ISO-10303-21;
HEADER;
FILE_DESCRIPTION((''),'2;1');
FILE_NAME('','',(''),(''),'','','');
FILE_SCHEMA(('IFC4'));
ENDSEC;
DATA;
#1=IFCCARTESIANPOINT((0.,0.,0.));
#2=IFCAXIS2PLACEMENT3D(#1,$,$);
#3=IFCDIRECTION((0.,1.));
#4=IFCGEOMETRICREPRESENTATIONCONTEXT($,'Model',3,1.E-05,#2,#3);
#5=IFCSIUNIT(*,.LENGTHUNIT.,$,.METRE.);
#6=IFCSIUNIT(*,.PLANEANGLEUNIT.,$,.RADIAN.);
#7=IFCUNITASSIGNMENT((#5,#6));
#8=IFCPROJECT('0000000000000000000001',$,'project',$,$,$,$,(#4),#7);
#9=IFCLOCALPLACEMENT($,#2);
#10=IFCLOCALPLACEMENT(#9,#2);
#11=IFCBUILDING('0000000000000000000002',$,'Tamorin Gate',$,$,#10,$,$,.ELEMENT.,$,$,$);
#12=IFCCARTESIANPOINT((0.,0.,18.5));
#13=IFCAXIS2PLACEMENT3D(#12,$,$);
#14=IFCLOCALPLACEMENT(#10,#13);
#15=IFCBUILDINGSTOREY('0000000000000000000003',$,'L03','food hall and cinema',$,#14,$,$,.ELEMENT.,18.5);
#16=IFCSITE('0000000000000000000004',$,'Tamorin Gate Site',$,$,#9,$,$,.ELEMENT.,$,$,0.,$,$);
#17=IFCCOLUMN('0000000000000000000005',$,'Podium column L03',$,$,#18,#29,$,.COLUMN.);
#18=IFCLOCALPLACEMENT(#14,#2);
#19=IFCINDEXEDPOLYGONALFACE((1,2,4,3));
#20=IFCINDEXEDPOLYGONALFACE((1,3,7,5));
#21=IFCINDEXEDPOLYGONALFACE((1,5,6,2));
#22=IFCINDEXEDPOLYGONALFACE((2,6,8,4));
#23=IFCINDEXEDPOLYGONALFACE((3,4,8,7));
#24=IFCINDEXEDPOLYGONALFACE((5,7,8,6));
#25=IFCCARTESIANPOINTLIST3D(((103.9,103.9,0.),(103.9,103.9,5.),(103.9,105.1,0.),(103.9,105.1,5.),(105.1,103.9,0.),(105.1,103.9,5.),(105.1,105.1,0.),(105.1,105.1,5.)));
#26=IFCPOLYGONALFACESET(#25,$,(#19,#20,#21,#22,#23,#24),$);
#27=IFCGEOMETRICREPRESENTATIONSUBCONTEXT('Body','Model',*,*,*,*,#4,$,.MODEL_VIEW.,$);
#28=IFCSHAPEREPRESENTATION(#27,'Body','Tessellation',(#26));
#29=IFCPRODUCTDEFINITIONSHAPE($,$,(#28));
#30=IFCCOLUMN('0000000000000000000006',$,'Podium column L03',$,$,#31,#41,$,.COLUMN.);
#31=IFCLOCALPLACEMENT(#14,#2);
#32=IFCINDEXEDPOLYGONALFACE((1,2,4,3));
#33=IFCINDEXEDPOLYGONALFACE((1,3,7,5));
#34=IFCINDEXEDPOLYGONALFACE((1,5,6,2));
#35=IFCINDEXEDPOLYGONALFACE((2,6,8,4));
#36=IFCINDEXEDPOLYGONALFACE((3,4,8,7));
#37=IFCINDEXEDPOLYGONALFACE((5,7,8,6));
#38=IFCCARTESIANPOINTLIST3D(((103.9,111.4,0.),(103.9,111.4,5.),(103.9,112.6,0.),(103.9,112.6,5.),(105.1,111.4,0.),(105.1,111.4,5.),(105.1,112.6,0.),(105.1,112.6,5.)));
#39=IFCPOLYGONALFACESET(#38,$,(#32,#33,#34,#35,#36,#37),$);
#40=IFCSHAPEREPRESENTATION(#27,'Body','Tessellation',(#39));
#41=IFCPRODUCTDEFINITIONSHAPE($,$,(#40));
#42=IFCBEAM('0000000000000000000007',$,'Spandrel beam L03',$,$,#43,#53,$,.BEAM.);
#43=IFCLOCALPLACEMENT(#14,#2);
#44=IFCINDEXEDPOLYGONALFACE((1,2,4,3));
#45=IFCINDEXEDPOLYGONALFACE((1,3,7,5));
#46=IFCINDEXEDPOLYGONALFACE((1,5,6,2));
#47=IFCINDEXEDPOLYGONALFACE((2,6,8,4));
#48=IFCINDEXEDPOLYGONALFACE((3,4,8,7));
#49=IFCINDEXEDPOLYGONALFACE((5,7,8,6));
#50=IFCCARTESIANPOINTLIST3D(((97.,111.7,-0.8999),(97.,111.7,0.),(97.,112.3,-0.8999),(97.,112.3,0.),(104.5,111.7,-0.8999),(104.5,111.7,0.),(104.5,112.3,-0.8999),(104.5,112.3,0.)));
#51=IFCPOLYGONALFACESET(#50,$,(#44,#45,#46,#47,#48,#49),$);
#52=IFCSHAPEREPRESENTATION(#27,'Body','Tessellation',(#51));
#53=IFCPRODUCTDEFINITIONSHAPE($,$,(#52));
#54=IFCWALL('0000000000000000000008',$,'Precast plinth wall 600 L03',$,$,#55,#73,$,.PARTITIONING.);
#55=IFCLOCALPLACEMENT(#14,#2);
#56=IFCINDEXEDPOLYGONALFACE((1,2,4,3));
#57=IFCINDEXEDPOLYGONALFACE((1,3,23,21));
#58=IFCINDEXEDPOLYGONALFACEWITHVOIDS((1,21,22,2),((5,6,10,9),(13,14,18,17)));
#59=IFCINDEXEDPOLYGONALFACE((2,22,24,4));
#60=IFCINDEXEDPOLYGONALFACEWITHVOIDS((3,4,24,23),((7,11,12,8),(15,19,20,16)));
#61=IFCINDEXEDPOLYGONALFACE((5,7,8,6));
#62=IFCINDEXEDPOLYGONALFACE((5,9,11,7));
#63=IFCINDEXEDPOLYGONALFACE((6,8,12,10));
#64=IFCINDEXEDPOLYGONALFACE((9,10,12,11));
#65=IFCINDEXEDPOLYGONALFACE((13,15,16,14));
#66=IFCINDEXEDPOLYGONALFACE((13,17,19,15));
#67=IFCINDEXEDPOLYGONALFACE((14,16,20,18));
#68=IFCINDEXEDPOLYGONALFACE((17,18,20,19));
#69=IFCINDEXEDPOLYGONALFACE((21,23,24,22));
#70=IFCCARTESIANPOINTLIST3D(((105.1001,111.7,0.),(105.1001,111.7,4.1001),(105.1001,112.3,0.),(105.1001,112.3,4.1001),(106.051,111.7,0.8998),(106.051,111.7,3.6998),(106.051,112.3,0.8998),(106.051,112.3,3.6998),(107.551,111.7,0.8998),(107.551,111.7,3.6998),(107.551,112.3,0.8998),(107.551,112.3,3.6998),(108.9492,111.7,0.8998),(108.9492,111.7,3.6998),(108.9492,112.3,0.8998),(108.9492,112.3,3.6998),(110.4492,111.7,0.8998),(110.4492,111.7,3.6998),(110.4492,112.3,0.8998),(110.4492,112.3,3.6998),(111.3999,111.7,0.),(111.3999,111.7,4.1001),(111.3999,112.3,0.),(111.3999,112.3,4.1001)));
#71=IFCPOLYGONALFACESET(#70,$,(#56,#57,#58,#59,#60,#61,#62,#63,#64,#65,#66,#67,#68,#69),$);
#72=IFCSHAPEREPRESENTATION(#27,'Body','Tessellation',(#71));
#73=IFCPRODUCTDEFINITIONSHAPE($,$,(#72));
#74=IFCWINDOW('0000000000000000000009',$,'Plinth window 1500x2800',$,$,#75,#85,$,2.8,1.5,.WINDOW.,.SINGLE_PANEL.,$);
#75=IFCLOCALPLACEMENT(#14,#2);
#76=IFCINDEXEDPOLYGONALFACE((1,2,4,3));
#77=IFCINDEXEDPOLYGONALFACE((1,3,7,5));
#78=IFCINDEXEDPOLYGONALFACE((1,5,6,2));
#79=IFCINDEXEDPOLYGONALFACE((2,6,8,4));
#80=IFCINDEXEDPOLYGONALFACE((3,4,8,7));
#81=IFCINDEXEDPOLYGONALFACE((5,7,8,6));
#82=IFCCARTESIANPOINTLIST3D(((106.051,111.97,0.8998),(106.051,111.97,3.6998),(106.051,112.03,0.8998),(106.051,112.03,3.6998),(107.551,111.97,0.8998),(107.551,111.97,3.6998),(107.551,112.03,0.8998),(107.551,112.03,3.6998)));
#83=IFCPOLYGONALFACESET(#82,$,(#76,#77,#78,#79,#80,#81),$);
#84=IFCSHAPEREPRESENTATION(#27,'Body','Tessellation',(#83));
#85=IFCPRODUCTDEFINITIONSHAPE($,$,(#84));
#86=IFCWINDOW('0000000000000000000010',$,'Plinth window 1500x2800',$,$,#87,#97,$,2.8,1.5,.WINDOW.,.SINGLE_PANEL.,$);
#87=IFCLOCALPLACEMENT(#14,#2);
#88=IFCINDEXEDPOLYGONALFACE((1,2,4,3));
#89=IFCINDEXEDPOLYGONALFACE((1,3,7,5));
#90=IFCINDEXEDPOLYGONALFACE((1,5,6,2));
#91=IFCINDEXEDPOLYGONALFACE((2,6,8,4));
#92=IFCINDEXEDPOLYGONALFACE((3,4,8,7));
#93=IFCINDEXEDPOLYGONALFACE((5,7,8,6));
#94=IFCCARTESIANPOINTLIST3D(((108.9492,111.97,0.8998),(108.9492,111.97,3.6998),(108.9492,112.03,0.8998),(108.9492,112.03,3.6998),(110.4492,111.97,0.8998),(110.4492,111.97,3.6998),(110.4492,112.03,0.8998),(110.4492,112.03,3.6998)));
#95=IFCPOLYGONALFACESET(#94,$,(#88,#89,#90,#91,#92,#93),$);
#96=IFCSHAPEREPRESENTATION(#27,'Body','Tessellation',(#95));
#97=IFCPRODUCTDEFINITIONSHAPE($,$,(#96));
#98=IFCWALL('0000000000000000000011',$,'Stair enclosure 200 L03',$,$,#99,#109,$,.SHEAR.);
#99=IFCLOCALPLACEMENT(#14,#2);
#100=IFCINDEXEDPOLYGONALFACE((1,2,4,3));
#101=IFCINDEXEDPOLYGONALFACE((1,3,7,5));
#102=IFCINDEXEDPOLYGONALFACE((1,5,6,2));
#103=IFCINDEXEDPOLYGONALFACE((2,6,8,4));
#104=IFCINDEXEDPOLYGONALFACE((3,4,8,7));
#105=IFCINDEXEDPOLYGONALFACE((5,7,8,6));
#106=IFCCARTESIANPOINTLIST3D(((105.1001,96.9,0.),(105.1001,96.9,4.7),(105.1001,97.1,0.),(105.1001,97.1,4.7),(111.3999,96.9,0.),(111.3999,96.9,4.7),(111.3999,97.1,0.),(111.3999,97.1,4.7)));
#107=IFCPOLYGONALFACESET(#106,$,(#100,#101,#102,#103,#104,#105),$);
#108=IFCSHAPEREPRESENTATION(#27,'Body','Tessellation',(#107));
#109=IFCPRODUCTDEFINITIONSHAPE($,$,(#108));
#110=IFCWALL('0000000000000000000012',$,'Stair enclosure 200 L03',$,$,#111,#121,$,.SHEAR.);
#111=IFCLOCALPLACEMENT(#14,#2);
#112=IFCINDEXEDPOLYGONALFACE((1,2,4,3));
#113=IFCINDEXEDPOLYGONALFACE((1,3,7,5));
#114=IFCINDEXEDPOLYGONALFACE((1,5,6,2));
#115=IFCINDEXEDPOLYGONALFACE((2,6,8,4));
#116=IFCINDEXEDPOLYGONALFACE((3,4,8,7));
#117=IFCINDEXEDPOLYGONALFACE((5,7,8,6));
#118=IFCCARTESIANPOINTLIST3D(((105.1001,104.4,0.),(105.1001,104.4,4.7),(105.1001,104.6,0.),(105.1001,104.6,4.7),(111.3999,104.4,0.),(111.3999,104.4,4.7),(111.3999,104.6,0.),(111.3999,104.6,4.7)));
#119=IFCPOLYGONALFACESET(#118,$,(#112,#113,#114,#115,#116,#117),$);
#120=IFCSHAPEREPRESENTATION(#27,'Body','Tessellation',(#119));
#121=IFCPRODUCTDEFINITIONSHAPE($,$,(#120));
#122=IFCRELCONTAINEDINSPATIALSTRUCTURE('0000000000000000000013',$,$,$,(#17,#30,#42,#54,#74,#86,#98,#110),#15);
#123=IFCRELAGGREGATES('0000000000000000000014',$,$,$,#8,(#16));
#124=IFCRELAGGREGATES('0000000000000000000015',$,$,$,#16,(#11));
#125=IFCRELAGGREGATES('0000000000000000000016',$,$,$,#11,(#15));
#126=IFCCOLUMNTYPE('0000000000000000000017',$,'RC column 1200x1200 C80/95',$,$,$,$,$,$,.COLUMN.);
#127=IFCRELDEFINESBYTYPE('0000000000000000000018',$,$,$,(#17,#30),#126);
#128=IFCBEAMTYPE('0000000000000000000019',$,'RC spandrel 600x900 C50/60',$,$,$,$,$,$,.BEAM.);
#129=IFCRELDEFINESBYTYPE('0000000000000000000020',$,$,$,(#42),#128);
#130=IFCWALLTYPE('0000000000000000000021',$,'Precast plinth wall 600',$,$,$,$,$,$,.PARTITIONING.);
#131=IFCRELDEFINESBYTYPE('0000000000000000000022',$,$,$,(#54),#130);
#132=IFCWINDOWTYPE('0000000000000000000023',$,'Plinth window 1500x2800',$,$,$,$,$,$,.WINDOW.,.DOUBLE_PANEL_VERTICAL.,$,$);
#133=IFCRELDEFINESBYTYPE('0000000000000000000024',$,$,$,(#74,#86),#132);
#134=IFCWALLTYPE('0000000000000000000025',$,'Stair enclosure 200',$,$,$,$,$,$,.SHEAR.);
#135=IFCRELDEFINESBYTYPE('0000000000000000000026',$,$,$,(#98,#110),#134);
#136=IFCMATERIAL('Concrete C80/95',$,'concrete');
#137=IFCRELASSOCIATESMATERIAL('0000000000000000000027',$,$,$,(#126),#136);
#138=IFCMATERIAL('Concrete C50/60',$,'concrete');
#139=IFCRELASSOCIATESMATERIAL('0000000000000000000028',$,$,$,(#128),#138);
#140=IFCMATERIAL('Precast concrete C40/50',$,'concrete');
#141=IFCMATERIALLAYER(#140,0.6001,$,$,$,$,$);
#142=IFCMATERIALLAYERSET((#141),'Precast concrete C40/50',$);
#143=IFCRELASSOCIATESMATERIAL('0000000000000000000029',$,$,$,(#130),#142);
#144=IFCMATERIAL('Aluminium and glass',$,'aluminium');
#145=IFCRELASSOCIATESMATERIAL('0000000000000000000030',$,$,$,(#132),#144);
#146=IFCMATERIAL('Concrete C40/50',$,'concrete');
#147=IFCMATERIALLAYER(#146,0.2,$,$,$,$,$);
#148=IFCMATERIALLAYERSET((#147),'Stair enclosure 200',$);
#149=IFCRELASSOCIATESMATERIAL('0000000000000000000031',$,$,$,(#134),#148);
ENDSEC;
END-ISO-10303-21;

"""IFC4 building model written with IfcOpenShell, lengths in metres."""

from ifc_helpers import new_model, si_unit, direction, frame, frame_2d, origin, origin_2d, place, context, subcontext, project, spatial, rectangle, extrude, material, layer, layer_set, material_profile, profile_set, type_object, element, fill, save


model = new_model("IFC4")

# Units and contexts
model_context = context("Model", 3, precision=1e-05, world=origin(), true_north=direction((0.0, 1.0)))
body_context = subcontext(model_context, "Body", "Model", "MODEL_VIEW")
ifc_project = project(units=[si_unit("LENGTHUNIT", "METRE"), si_unit("PLANEANGLEUNIT", "RADIAN")], contexts=[model_context])

# Site, building, storey
site_placement = place(None, origin())
site = spatial("IfcSite", under=ifc_project, at=site_placement, Name="Tamorin Gate Site", CompositionType="ELEMENT", RefElevation=0.0)
building_placement = place(site_placement, origin())
building = spatial("IfcBuilding", under=site, at=building_placement, Name="Tamorin Gate", CompositionType="ELEMENT")
storey_placement = place(building_placement, frame((0.0, 0.0, 18.5)))
storey = spatial("IfcBuildingStorey", under=building, at=storey_placement, Name="L03", Description="food hall and cinema", CompositionType="ELEMENT", Elevation=18.5)

# Columns
ifc_material_1 = material(Name="Concrete C80/95", Category="concrete")
ifc_material_profile_1 = material_profile(ifc_material_1, rectangle(XDim=1.2, YDim=1.2, at=origin_2d()), Name="RC 1200x1200")
ifc_profile_set_1 = profile_set([ifc_material_profile_1], Name="Concrete C80/95")
column_type = type_object("IfcColumnType", Name="RC column 1200x1200 C80/95", PredefinedType="COLUMN", material=ifc_profile_set_1)
for number, where, z_axis, x_axis, name in (
    (1, (104.5, 104.5, 0.0), (0.0, 0.0, 1.0), (1.0, 0.0, 0.0), "Podium column L03"),
    (2, (104.5, 112.0, 0.0), (0.0, 0.0, 1.0), (1.0, 0.0, 0.0), "Podium column L03"),
):
    element("IfcColumn", number, at=place(storey_placement, frame(where, z_axis=z_axis, x_axis=x_axis)), inside=storey, type_object=column_type, Name=name, PredefinedType="COLUMN", context=body_context, shape_type="SweptSolid", body=[
        extrude(rectangle(XDim=1.2, YDim=1.2, at=origin_2d()), origin(), (0.0, 0.0, 1.0), 5.0),
    ])

# Beam
ifc_material_2 = material(Name="Concrete C50/60", Category="concrete")
ifc_material_profile_2 = material_profile(ifc_material_2, rectangle(XDim=0.6001, YDim=0.8999, at=origin_2d()), Name="RC 600x900")
ifc_profile_set_2 = profile_set([ifc_material_profile_2], Name="Concrete C50/60")
beam_type = type_object("IfcBeamType", Name="RC spandrel 600x900 C50/60", PredefinedType="BEAM", material=ifc_profile_set_2)
beam_placement = place(storey_placement, frame((104.5, 112.0, -0.45), z_axis=(-1.0, 0.0, 0.0), x_axis=(0.0, -1.0, 0.0)))
element("IfcBeam", 3, at=beam_placement, inside=storey, type_object=beam_type, Name="Spandrel beam L03", PredefinedType="BEAM", context=body_context, shape_type="SweptSolid", body=[
    extrude(rectangle(XDim=0.6001, YDim=0.8999, at=origin_2d()), origin(), (0.0, 0.0, 1.0), 7.5),
])

# Wall, openings, windows
ifc_material_3 = material(Name="Precast concrete C40/50", Category="concrete")
ifc_layer_1 = layer(ifc_material_3, 0.6001)
ifc_layer_set_1 = layer_set([ifc_layer_1], Name="Precast concrete C40/50")
wall_type_1 = type_object("IfcWallType", Name="Precast plinth wall 600", PredefinedType="PARTITIONING", material=ifc_layer_set_1)
wall_1_placement = place(storey_placement, frame((105.1001, 112.0, 0.0), z_axis=(0.0, 0.0, 1.0), x_axis=(1.0, 0.0, 0.0)))
wall_1 = element("IfcWall", 4, at=wall_1_placement, inside=storey, type_object=wall_type_1, Name="Precast plinth wall 600 L03", PredefinedType="PARTITIONING", context=body_context, shape_type="SweptSolid", body=[
    extrude(rectangle(XDim=6.2998, YDim=0.6001, at=frame_2d((3.1499, 0.0))), origin(), (0.0, 0.0, 1.0), 4.1001),
])
opening_1_placement = place(wall_1_placement, frame((0.9509, 0.0, 0.8999)))
opening_1 = element("IfcOpeningElement", 5, at=opening_1_placement, cuts=wall_1, PredefinedType="OPENING", context=body_context, shape_type="SweptSolid", body=[
    extrude(rectangle(XDim=1.5, YDim=2.8, at=frame_2d((0.75, 1.3999))), frame((0.0, 0.3101, 0.0), z_axis=(0.0, -1.0, 0.0), x_axis=(1.0, 0.0, 0.0)), (0.0, 0.0, 1.0), 0.6201),
])
opening_2_placement = place(wall_1_placement, frame((3.8491, 0.0, 0.8999)))
opening_2 = element("IfcOpeningElement", 6, at=opening_2_placement, cuts=wall_1, PredefinedType="OPENING", context=body_context, shape_type="SweptSolid", body=[
    extrude(rectangle(XDim=1.5, YDim=2.8, at=frame_2d((0.75, 1.3999))), frame((0.0, 0.3101, 0.0), z_axis=(0.0, -1.0, 0.0), x_axis=(1.0, 0.0, 0.0)), (0.0, 0.0, 1.0), 0.6201),
])
ifc_material_4 = material(Name="Aluminium and glass", Category="aluminium")
window_type = type_object("IfcWindowType", Name="Plinth window 1500x2800", PartitioningType="DOUBLE_PANEL_VERTICAL", PredefinedType="WINDOW", material=ifc_material_4)
window_1_placement = place(opening_1_placement, origin())
window_1 = element("IfcWindow", 7, at=window_1_placement, inside=storey, type_object=window_type, Name="Plinth window 1500x2800", OverallHeight=2.8, OverallWidth=1.5, PartitioningType="SINGLE_PANEL", PredefinedType="WINDOW", context=body_context, shape_type="SweptSolid", body=[
    extrude(rectangle(XDim=1.5, YDim=2.8, at=frame_2d((0.75, 1.3999))), frame((0.0, 0.03, 0.0), z_axis=(0.0, -1.0, 0.0), x_axis=(1.0, 0.0, 0.0)), (0.0, 0.0, 1.0), 0.0601),
])
fill(opening_1, window_1)
window_2_placement = place(opening_2_placement, origin())
window_2 = element("IfcWindow", 8, at=window_2_placement, inside=storey, type_object=window_type, Name="Plinth window 1500x2800", OverallHeight=2.8, OverallWidth=1.5, PartitioningType="SINGLE_PANEL", PredefinedType="WINDOW", context=body_context, shape_type="SweptSolid", body=[
    extrude(rectangle(XDim=1.5, YDim=2.8, at=frame_2d((0.75, 1.3999))), frame((0.0, 0.03, 0.0), z_axis=(0.0, -1.0, 0.0), x_axis=(1.0, 0.0, 0.0)), (0.0, 0.0, 1.0), 0.0601),
])
fill(opening_2, window_2)

# Wall
ifc_material_5 = material(Name="Concrete C40/50", Category="concrete")
ifc_layer_2 = layer(ifc_material_5, 0.2)
ifc_layer_set_2 = layer_set([ifc_layer_2], Name="Stair enclosure 200")
wall_type_2 = type_object("IfcWallType", Name="Stair enclosure 200", PredefinedType="SHEAR", material=ifc_layer_set_2)
wall_2_placement = place(storey_placement, frame((105.1001, 97.0, 0.0), z_axis=(0.0, 0.0, 1.0), x_axis=(1.0, 0.0, 0.0)))
element("IfcWall", 9, at=wall_2_placement, inside=storey, type_object=wall_type_2, Name="Stair enclosure 200 L03", PredefinedType="SHEAR", context=body_context, shape_type="SweptSolid", body=[
    extrude(rectangle(XDim=6.2998, YDim=0.2, at=frame_2d((3.1499, 0.0))), origin(), (0.0, 0.0, 1.0), 4.7),
])

# Wall
wall_3_placement = place(storey_placement, frame((105.1001, 104.5, 0.0), z_axis=(0.0, 0.0, 1.0), x_axis=(1.0, 0.0, 0.0)))
element("IfcWall", 10, at=wall_3_placement, inside=storey, type_object=wall_type_2, Name="Stair enclosure 200 L03", PredefinedType="SHEAR", context=body_context, shape_type="SweptSolid", body=[
    extrude(rectangle(XDim=6.2998, YDim=0.2, at=frame_2d((3.1499, 0.0))), origin(), (0.0, 0.0, 1.0), 4.7),
])

save(model, "model.ifc")
